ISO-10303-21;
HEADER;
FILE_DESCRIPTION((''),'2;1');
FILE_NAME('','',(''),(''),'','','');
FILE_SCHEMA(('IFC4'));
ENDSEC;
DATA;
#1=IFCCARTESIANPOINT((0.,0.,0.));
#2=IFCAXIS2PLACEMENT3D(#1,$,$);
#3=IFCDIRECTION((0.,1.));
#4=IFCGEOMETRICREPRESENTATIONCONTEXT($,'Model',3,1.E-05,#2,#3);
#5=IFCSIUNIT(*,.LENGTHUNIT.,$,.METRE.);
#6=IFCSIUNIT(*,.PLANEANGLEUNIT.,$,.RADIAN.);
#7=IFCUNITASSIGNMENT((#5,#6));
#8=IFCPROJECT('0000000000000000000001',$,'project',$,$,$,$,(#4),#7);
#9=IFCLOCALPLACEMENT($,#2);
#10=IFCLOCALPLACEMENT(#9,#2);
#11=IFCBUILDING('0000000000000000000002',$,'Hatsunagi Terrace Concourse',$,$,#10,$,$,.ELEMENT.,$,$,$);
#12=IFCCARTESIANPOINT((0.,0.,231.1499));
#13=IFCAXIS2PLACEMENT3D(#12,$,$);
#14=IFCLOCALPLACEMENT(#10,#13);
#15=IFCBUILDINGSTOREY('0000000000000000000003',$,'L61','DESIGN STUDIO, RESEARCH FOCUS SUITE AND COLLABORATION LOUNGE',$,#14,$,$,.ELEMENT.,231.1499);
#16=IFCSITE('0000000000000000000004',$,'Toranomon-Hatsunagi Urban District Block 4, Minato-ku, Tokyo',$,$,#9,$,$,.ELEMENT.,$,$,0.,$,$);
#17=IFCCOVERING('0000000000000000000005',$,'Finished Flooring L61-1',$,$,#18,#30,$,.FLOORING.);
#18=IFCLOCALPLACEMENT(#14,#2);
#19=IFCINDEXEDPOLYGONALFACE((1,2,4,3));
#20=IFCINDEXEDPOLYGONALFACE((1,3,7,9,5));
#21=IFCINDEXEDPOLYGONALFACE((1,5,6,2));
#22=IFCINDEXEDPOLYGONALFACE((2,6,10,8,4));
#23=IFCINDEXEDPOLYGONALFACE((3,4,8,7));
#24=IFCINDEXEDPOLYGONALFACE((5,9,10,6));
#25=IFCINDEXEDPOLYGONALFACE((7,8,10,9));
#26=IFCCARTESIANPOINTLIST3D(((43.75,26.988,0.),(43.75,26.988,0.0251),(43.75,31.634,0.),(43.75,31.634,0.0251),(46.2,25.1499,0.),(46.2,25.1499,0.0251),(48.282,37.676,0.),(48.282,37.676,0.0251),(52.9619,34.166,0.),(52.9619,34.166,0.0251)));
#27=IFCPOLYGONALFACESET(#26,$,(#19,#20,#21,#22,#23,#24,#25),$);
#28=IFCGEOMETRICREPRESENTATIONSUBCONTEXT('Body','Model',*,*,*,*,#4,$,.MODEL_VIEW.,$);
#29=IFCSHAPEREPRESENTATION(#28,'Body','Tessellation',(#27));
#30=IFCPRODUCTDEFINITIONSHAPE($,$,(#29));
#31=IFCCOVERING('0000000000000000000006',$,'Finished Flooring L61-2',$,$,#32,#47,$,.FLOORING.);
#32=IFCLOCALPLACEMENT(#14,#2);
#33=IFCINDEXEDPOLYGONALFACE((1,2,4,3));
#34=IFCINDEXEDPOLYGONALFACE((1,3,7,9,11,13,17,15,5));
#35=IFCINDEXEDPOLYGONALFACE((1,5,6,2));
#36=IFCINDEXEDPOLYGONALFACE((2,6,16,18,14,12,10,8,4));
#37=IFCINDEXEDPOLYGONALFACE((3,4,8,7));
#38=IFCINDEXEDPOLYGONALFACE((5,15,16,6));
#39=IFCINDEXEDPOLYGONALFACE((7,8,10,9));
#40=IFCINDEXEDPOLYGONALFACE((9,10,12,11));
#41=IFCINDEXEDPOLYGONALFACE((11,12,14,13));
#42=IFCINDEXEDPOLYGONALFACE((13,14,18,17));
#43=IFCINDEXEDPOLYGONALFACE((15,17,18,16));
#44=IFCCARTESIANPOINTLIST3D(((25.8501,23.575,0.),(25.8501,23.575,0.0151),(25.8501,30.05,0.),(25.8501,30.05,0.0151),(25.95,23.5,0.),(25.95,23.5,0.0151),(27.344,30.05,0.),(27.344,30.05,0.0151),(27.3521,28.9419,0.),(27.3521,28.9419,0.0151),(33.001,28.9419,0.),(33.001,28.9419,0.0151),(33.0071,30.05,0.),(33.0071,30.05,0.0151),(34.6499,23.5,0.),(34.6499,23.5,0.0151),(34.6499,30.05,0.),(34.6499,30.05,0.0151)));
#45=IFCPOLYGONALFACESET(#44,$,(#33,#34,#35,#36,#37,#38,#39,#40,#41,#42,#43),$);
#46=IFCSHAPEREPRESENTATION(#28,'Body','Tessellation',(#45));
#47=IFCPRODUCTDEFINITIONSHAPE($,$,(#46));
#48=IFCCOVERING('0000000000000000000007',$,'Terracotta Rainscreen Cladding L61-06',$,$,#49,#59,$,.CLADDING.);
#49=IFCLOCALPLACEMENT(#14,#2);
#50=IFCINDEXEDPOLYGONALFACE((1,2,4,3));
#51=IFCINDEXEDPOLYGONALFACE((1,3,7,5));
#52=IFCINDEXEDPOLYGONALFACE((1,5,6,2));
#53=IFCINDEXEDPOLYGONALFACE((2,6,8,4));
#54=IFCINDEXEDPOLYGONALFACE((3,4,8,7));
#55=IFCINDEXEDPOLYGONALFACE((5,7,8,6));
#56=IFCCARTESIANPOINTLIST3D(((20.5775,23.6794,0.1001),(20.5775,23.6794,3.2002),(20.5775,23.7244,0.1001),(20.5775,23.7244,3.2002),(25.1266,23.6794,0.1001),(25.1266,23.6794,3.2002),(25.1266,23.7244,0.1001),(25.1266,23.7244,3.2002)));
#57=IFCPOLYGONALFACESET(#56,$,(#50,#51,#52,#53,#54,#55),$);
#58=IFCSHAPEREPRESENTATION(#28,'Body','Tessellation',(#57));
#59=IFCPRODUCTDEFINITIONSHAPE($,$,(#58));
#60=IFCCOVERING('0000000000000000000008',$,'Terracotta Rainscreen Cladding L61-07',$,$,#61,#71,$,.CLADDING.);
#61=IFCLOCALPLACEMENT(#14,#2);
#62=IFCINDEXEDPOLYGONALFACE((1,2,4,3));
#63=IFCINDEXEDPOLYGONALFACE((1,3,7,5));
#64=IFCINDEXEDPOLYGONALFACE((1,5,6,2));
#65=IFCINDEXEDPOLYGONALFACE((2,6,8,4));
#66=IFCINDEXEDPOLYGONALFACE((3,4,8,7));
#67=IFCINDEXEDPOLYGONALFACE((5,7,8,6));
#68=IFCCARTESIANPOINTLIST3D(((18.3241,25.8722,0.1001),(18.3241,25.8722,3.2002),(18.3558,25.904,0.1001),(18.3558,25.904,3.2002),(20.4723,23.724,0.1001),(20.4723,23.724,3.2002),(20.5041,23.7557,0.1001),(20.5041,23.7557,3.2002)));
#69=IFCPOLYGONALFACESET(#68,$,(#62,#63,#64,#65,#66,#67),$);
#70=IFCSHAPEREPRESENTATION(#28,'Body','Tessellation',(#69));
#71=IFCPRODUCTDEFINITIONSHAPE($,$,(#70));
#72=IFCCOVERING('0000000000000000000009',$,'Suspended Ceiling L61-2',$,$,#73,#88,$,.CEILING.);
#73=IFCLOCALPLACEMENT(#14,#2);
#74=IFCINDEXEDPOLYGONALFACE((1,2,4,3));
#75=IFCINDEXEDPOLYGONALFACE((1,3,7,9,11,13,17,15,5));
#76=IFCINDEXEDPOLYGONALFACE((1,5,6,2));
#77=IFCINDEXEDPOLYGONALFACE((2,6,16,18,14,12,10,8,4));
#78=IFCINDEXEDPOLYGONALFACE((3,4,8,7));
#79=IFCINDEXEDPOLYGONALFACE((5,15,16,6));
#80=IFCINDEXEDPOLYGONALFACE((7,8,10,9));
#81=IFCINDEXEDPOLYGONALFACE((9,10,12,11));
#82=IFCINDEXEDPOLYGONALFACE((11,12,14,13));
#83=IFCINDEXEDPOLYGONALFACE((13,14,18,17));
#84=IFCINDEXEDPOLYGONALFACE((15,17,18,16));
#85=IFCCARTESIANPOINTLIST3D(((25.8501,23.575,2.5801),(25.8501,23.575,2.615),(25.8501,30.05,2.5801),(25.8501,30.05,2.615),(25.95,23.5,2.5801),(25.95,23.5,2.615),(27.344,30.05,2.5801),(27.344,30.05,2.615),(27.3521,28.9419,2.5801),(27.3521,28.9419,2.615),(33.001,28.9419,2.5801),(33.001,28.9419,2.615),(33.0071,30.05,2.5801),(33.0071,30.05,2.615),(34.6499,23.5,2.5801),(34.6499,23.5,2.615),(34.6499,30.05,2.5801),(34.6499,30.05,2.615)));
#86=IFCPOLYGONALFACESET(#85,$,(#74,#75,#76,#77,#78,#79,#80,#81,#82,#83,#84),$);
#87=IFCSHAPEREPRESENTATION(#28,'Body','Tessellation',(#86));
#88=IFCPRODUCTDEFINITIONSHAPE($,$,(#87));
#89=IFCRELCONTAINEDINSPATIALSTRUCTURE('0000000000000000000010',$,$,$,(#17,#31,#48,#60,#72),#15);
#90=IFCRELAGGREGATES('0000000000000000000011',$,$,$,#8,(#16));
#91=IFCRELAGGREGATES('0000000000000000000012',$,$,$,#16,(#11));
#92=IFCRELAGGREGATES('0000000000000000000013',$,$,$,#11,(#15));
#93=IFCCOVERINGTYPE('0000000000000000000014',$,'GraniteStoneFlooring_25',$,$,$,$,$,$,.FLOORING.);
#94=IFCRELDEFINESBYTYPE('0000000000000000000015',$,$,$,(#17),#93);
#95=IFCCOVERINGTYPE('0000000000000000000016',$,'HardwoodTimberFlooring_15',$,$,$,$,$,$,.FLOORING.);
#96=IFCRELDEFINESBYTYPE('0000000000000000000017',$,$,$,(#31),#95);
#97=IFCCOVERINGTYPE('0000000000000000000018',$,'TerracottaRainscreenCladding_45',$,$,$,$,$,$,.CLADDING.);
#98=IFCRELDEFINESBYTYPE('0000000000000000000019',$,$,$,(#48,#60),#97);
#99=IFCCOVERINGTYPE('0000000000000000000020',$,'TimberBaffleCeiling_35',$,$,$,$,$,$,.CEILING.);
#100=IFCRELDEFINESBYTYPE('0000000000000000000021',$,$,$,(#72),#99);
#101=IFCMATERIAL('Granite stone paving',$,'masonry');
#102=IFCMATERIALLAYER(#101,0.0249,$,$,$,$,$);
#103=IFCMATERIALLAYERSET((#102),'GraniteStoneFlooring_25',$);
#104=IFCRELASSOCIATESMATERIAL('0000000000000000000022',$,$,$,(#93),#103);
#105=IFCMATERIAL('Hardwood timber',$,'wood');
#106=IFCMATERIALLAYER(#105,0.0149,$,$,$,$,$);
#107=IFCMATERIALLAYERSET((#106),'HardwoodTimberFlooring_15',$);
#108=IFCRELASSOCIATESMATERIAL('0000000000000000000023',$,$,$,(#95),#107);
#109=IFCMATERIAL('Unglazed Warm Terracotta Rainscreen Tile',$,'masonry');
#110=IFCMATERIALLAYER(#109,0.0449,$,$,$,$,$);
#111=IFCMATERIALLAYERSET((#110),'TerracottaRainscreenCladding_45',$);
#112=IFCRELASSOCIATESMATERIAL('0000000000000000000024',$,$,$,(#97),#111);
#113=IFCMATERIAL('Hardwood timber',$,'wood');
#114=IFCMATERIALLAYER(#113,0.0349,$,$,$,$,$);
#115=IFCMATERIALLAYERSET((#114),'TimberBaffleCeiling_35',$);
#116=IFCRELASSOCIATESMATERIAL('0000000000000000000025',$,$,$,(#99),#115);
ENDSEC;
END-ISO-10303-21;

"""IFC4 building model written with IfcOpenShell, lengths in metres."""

from ifc_helpers import new_model, si_unit, direction, frame, origin, origin_2d, place, context, subcontext, project, spatial, polyline, rectangle, outline, extrude, material, layer, layer_set, type_object, element, save


model = new_model("IFC4")

# Units and contexts
model_context = context("Model", 3, precision=1e-05, world=origin(), true_north=direction((0.0, 1.0)))
body_context = subcontext(model_context, "Body", "Model", "MODEL_VIEW")
ifc_project = project(units=[si_unit("LENGTHUNIT", "METRE"), si_unit("PLANEANGLEUNIT", "RADIAN")], contexts=[model_context])

# Site, building, storey
site_placement = place(None, origin())
site = spatial("IfcSite", under=ifc_project, at=site_placement, Name="Toranomon-Hatsunagi Urban District Block 4, Minato-ku, Tokyo", CompositionType="ELEMENT", RefElevation=0.0)
building_placement = place(site_placement, origin())
building = spatial("IfcBuilding", under=site, at=building_placement, Name="Hatsunagi Terrace Concourse", CompositionType="ELEMENT")
storey_placement = place(building_placement, frame((0.0, 0.0, 231.1499)))
storey = spatial("IfcBuildingStorey", under=building, at=storey_placement, Name="L61", Description="DESIGN STUDIO, RESEARCH FOCUS SUITE AND COLLABORATION LOUNGE", CompositionType="ELEMENT", Elevation=231.1499)

# Coverings
ifc_material_1 = material(Name="Granite stone paving", Category="masonry")
ifc_layer_1 = layer(ifc_material_1, 0.0249)
ifc_layer_set_1 = layer_set([ifc_layer_1], Name="GraniteStoneFlooring_25")
covering_type_1 = type_object("IfcCoveringType", Name="GraniteStoneFlooring_25", PredefinedType="FLOORING", material=ifc_layer_set_1)
covering_1_placement = place(storey_placement, origin())
element("IfcCovering", 1, at=covering_1_placement, inside=storey, type_object=covering_type_1, Name="Finished Flooring L61-1", PredefinedType="FLOORING", context=body_context, shape_type="SweptSolid", body=[
    extrude(outline(polyline([(48.282, 37.676), (43.75, 31.634), (43.75, 26.988), (46.2, 25.1499), (52.9619, 34.166), (48.282, 37.676)])), origin(), (0.0, 0.0, 1.0), 0.0251),
])
ifc_material_2 = material(Name="Hardwood timber", Category="wood")
ifc_layer_2 = layer(ifc_material_2, 0.0149)
ifc_layer_set_2 = layer_set([ifc_layer_2], Name="HardwoodTimberFlooring_15")
covering_type_2 = type_object("IfcCoveringType", Name="HardwoodTimberFlooring_15", PredefinedType="FLOORING", material=ifc_layer_set_2)
covering_2_placement = place(storey_placement, origin())
element("IfcCovering", 2, at=covering_2_placement, inside=storey, type_object=covering_type_2, Name="Finished Flooring L61-2", PredefinedType="FLOORING", context=body_context, shape_type="SweptSolid", body=[
    extrude(outline(polyline([(34.6499, 23.5), (34.6499, 30.05), (33.0071, 30.05), (33.001, 28.9419), (27.3521, 28.9419), (27.344, 30.05), (25.8501, 30.05), (25.8501, 23.575), (25.95, 23.5), (34.6499, 23.5)])), origin(), (0.0, 0.0, 1.0), 0.0151),
])
ifc_material_3 = material(Name="Unglazed Warm Terracotta Rainscreen Tile", Category="masonry")
ifc_layer_3 = layer(ifc_material_3, 0.0449)
ifc_layer_set_3 = layer_set([ifc_layer_3], Name="TerracottaRainscreenCladding_45")
covering_type_3 = type_object("IfcCoveringType", Name="TerracottaRainscreenCladding_45", PredefinedType="CLADDING", material=ifc_layer_set_3)
covering_3_placement = place(storey_placement, frame((22.8521, 23.7019, 0.1001), z_axis=(0.0, 0.0, 1.0), x_axis=(-1.0, 0.0, 0.0)))
element("IfcCovering", 3, at=covering_3_placement, inside=storey, type_object=covering_type_3, Name="Terracotta Rainscreen Cladding L61-06", PredefinedType="CLADDING", context=body_context, shape_type="SweptSolid", body=[
    extrude(rectangle(XDim=4.5491, YDim=0.0449, at=origin_2d()), origin(), (0.0, 0.0, 1.0), 3.1001),
])
covering_4_placement = place(storey_placement, frame((19.4141, 24.814, 0.1001), z_axis=(0.0, 0.0, 1.0), x_axis=(-0.707107, 0.707107, 0.0)))
element("IfcCovering", 4, at=covering_4_placement, inside=storey, type_object=covering_type_3, Name="Terracotta Rainscreen Cladding L61-07", PredefinedType="CLADDING", context=body_context, shape_type="SweptSolid", body=[
    extrude(rectangle(XDim=3.0381, YDim=0.0449, at=origin_2d()), origin(), (0.0, 0.0, 1.0), 3.1001),
])
ifc_material_4 = material(Name="Hardwood timber", Category="wood")
ifc_layer_4 = layer(ifc_material_4, 0.0349)
ifc_layer_set_4 = layer_set([ifc_layer_4], Name="TimberBaffleCeiling_35")
covering_type_4 = type_object("IfcCoveringType", Name="TimberBaffleCeiling_35", PredefinedType="CEILING", material=ifc_layer_set_4)
covering_5_placement = place(storey_placement, frame((0.0, 0.0, 2.5801)))
element("IfcCovering", 5, at=covering_5_placement, inside=storey, type_object=covering_type_4, Name="Suspended Ceiling L61-2", PredefinedType="CEILING", context=body_context, shape_type="SweptSolid", body=[
    extrude(outline(polyline([(34.6499, 23.5), (34.6499, 30.05), (33.0071, 30.05), (33.001, 28.9419), (27.3521, 28.9419), (27.344, 30.05), (25.8501, 30.05), (25.8501, 23.575), (25.95, 23.5), (34.6499, 23.5)])), origin(), (0.0, 0.0, 1.0), 0.0349),
])

save(model, "model.ifc")
